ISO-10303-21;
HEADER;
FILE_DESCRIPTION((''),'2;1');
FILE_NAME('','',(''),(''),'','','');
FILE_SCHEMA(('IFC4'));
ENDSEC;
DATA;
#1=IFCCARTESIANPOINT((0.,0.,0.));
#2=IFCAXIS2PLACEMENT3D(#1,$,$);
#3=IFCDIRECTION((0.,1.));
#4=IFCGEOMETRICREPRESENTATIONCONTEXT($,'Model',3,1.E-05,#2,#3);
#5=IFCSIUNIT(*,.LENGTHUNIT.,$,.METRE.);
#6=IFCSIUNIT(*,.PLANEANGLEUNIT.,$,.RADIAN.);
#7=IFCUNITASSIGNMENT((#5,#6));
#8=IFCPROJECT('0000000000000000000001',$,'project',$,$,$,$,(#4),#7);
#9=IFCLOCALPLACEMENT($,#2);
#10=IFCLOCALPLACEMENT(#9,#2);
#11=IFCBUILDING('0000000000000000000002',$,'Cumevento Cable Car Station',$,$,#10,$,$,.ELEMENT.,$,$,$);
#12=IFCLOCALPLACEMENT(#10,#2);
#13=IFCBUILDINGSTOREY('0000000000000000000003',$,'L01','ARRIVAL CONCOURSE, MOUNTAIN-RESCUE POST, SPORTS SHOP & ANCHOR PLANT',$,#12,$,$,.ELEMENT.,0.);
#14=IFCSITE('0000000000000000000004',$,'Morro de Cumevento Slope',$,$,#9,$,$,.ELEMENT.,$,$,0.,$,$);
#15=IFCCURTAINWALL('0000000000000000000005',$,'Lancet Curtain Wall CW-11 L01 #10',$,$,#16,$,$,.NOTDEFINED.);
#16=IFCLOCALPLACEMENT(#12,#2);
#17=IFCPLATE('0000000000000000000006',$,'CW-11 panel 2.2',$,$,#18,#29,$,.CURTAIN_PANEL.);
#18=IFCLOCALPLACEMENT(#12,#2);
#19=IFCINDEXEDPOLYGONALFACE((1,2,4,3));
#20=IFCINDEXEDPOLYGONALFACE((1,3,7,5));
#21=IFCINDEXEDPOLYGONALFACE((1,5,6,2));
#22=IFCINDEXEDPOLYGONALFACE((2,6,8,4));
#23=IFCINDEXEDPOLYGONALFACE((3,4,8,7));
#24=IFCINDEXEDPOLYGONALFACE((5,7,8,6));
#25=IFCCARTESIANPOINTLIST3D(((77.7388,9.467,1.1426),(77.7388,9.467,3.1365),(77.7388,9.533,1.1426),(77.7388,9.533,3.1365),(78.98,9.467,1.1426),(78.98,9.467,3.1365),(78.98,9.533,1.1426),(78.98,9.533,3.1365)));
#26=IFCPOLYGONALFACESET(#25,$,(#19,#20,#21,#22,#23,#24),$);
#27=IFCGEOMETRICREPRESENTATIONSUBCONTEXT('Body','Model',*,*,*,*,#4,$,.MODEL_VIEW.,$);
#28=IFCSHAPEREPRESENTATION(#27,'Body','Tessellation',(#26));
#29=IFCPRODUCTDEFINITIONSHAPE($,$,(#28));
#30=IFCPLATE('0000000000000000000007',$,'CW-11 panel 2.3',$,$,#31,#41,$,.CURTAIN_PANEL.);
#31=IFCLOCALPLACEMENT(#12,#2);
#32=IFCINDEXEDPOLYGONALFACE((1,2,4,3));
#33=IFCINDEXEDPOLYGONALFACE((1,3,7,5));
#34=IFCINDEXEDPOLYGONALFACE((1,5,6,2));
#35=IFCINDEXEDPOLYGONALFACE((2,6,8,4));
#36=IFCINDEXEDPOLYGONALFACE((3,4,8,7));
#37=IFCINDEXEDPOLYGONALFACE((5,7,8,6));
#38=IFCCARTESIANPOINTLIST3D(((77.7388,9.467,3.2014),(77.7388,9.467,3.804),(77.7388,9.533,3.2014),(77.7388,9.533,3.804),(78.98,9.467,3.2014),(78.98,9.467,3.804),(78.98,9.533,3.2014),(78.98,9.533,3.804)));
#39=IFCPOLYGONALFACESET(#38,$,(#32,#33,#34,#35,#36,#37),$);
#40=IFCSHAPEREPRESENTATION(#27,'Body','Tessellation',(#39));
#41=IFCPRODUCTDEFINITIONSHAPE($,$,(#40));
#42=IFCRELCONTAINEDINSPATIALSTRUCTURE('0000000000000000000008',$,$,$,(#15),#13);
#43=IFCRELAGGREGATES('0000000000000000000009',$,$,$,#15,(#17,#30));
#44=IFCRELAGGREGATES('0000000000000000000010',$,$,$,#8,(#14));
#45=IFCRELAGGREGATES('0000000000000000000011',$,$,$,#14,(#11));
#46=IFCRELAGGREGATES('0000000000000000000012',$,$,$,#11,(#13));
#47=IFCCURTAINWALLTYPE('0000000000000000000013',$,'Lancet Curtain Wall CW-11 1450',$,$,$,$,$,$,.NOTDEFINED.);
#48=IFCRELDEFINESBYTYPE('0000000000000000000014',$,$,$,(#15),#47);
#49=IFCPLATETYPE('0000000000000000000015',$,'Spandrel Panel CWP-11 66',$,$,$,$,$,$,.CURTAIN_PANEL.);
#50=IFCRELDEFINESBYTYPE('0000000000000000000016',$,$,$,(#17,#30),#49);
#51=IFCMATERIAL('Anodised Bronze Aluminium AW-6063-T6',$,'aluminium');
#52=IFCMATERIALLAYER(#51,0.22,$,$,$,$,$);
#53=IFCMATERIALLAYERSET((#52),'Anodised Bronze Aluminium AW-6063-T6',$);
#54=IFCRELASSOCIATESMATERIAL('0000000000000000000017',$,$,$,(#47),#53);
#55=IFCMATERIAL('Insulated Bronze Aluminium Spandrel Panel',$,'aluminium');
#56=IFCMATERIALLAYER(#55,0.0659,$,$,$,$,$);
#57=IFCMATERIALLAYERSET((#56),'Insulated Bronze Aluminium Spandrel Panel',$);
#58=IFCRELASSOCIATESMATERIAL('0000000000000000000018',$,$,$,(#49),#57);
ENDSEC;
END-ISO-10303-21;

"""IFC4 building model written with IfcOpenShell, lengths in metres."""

from ifc_helpers import new_model, si_unit, direction, frame, origin, origin_2d, place, context, subcontext, project, spatial, rectangle, extrude, material, layer, layer_set, type_object, element, aggregate, save


model = new_model("IFC4")

# Units and contexts
model_context = context("Model", 3, precision=1e-05, world=origin(), true_north=direction((0.0, 1.0)))
body_context = subcontext(model_context, "Body", "Model", "MODEL_VIEW")
ifc_project = project(units=[si_unit("LENGTHUNIT", "METRE"), si_unit("PLANEANGLEUNIT", "RADIAN")], contexts=[model_context])

# Site, building, storey
site_placement = place(None, origin())
site = spatial("IfcSite", under=ifc_project, at=site_placement, Name="Morro de Cumevento Slope", CompositionType="ELEMENT", RefElevation=0.0)
building_placement = place(site_placement, origin())
building = spatial("IfcBuilding", under=site, at=building_placement, Name="Cumevento Cable Car Station", CompositionType="ELEMENT")
storey_placement = place(building_placement, origin())
storey = spatial("IfcBuildingStorey", under=building, at=storey_placement, Name="L01", Description="ARRIVAL CONCOURSE, MOUNTAIN-RESCUE POST, SPORTS SHOP & ANCHOR PLANT", CompositionType="ELEMENT", Elevation=0.0)

# Curtain wall
ifc_material_1 = material(Name="Anodised Bronze Aluminium AW-6063-T6", Category="aluminium")
ifc_layer_1 = layer(ifc_material_1, 0.22)
ifc_layer_set_1 = layer_set([ifc_layer_1], Name="Anodised Bronze Aluminium AW-6063-T6")
curtain_wall_type_1 = type_object("IfcCurtainWallType", Name="Lancet Curtain Wall CW-11 1450", PredefinedType="NOTDEFINED", material=ifc_layer_set_1)
curtain_wall_1_placement = place(storey_placement, origin())
curtain_wall_1 = element("IfcCurtainWall", 1, at=curtain_wall_1_placement, inside=storey, type_object=curtain_wall_type_1, Name="Lancet Curtain Wall CW-11 L01 #10", PredefinedType="NOTDEFINED")

# Plates
ifc_material_2 = material(Name="Insulated Bronze Aluminium Spandrel Panel", Category="aluminium")
ifc_layer_2 = layer(ifc_material_2, 0.0659)
ifc_layer_set_2 = layer_set([ifc_layer_2], Name="Insulated Bronze Aluminium Spandrel Panel")
plate_type_1 = type_object("IfcPlateType", Name="Spandrel Panel CWP-11 66", PredefinedType="CURTAIN_PANEL", material=ifc_layer_set_2)
plate_1_placement = place(storey_placement, frame((78.3594, 9.5, 1.1426), z_axis=(0.0, 0.0, 1.0), x_axis=(1.0, 0.0, 0.0)))
plate_1 = element("IfcPlate", 2, at=plate_1_placement, type_object=plate_type_1, Name="CW-11 panel 2.2", PredefinedType="CURTAIN_PANEL", context=body_context, shape_type="SweptSolid", body=[
    extrude(rectangle(XDim=1.2412, YDim=0.0659, at=origin_2d()), origin(), (0.0, 0.0, 1.0), 1.9939),
])
plate_2_placement = place(storey_placement, frame((78.3594, 9.5, 3.2014), z_axis=(0.0, 0.0, 1.0), x_axis=(1.0, 0.0, 0.0)))
plate_2 = element("IfcPlate", 3, at=plate_2_placement, type_object=plate_type_1, Name="CW-11 panel 2.3", PredefinedType="CURTAIN_PANEL", context=body_context, shape_type="SweptSolid", body=[
    extrude(rectangle(XDim=1.2412, YDim=0.0659, at=origin_2d()), origin(), (0.0, 0.0, 1.0), 0.6025),
])
aggregate(curtain_wall_1, [plate_1, plate_2])

save(model, "model.ifc")
